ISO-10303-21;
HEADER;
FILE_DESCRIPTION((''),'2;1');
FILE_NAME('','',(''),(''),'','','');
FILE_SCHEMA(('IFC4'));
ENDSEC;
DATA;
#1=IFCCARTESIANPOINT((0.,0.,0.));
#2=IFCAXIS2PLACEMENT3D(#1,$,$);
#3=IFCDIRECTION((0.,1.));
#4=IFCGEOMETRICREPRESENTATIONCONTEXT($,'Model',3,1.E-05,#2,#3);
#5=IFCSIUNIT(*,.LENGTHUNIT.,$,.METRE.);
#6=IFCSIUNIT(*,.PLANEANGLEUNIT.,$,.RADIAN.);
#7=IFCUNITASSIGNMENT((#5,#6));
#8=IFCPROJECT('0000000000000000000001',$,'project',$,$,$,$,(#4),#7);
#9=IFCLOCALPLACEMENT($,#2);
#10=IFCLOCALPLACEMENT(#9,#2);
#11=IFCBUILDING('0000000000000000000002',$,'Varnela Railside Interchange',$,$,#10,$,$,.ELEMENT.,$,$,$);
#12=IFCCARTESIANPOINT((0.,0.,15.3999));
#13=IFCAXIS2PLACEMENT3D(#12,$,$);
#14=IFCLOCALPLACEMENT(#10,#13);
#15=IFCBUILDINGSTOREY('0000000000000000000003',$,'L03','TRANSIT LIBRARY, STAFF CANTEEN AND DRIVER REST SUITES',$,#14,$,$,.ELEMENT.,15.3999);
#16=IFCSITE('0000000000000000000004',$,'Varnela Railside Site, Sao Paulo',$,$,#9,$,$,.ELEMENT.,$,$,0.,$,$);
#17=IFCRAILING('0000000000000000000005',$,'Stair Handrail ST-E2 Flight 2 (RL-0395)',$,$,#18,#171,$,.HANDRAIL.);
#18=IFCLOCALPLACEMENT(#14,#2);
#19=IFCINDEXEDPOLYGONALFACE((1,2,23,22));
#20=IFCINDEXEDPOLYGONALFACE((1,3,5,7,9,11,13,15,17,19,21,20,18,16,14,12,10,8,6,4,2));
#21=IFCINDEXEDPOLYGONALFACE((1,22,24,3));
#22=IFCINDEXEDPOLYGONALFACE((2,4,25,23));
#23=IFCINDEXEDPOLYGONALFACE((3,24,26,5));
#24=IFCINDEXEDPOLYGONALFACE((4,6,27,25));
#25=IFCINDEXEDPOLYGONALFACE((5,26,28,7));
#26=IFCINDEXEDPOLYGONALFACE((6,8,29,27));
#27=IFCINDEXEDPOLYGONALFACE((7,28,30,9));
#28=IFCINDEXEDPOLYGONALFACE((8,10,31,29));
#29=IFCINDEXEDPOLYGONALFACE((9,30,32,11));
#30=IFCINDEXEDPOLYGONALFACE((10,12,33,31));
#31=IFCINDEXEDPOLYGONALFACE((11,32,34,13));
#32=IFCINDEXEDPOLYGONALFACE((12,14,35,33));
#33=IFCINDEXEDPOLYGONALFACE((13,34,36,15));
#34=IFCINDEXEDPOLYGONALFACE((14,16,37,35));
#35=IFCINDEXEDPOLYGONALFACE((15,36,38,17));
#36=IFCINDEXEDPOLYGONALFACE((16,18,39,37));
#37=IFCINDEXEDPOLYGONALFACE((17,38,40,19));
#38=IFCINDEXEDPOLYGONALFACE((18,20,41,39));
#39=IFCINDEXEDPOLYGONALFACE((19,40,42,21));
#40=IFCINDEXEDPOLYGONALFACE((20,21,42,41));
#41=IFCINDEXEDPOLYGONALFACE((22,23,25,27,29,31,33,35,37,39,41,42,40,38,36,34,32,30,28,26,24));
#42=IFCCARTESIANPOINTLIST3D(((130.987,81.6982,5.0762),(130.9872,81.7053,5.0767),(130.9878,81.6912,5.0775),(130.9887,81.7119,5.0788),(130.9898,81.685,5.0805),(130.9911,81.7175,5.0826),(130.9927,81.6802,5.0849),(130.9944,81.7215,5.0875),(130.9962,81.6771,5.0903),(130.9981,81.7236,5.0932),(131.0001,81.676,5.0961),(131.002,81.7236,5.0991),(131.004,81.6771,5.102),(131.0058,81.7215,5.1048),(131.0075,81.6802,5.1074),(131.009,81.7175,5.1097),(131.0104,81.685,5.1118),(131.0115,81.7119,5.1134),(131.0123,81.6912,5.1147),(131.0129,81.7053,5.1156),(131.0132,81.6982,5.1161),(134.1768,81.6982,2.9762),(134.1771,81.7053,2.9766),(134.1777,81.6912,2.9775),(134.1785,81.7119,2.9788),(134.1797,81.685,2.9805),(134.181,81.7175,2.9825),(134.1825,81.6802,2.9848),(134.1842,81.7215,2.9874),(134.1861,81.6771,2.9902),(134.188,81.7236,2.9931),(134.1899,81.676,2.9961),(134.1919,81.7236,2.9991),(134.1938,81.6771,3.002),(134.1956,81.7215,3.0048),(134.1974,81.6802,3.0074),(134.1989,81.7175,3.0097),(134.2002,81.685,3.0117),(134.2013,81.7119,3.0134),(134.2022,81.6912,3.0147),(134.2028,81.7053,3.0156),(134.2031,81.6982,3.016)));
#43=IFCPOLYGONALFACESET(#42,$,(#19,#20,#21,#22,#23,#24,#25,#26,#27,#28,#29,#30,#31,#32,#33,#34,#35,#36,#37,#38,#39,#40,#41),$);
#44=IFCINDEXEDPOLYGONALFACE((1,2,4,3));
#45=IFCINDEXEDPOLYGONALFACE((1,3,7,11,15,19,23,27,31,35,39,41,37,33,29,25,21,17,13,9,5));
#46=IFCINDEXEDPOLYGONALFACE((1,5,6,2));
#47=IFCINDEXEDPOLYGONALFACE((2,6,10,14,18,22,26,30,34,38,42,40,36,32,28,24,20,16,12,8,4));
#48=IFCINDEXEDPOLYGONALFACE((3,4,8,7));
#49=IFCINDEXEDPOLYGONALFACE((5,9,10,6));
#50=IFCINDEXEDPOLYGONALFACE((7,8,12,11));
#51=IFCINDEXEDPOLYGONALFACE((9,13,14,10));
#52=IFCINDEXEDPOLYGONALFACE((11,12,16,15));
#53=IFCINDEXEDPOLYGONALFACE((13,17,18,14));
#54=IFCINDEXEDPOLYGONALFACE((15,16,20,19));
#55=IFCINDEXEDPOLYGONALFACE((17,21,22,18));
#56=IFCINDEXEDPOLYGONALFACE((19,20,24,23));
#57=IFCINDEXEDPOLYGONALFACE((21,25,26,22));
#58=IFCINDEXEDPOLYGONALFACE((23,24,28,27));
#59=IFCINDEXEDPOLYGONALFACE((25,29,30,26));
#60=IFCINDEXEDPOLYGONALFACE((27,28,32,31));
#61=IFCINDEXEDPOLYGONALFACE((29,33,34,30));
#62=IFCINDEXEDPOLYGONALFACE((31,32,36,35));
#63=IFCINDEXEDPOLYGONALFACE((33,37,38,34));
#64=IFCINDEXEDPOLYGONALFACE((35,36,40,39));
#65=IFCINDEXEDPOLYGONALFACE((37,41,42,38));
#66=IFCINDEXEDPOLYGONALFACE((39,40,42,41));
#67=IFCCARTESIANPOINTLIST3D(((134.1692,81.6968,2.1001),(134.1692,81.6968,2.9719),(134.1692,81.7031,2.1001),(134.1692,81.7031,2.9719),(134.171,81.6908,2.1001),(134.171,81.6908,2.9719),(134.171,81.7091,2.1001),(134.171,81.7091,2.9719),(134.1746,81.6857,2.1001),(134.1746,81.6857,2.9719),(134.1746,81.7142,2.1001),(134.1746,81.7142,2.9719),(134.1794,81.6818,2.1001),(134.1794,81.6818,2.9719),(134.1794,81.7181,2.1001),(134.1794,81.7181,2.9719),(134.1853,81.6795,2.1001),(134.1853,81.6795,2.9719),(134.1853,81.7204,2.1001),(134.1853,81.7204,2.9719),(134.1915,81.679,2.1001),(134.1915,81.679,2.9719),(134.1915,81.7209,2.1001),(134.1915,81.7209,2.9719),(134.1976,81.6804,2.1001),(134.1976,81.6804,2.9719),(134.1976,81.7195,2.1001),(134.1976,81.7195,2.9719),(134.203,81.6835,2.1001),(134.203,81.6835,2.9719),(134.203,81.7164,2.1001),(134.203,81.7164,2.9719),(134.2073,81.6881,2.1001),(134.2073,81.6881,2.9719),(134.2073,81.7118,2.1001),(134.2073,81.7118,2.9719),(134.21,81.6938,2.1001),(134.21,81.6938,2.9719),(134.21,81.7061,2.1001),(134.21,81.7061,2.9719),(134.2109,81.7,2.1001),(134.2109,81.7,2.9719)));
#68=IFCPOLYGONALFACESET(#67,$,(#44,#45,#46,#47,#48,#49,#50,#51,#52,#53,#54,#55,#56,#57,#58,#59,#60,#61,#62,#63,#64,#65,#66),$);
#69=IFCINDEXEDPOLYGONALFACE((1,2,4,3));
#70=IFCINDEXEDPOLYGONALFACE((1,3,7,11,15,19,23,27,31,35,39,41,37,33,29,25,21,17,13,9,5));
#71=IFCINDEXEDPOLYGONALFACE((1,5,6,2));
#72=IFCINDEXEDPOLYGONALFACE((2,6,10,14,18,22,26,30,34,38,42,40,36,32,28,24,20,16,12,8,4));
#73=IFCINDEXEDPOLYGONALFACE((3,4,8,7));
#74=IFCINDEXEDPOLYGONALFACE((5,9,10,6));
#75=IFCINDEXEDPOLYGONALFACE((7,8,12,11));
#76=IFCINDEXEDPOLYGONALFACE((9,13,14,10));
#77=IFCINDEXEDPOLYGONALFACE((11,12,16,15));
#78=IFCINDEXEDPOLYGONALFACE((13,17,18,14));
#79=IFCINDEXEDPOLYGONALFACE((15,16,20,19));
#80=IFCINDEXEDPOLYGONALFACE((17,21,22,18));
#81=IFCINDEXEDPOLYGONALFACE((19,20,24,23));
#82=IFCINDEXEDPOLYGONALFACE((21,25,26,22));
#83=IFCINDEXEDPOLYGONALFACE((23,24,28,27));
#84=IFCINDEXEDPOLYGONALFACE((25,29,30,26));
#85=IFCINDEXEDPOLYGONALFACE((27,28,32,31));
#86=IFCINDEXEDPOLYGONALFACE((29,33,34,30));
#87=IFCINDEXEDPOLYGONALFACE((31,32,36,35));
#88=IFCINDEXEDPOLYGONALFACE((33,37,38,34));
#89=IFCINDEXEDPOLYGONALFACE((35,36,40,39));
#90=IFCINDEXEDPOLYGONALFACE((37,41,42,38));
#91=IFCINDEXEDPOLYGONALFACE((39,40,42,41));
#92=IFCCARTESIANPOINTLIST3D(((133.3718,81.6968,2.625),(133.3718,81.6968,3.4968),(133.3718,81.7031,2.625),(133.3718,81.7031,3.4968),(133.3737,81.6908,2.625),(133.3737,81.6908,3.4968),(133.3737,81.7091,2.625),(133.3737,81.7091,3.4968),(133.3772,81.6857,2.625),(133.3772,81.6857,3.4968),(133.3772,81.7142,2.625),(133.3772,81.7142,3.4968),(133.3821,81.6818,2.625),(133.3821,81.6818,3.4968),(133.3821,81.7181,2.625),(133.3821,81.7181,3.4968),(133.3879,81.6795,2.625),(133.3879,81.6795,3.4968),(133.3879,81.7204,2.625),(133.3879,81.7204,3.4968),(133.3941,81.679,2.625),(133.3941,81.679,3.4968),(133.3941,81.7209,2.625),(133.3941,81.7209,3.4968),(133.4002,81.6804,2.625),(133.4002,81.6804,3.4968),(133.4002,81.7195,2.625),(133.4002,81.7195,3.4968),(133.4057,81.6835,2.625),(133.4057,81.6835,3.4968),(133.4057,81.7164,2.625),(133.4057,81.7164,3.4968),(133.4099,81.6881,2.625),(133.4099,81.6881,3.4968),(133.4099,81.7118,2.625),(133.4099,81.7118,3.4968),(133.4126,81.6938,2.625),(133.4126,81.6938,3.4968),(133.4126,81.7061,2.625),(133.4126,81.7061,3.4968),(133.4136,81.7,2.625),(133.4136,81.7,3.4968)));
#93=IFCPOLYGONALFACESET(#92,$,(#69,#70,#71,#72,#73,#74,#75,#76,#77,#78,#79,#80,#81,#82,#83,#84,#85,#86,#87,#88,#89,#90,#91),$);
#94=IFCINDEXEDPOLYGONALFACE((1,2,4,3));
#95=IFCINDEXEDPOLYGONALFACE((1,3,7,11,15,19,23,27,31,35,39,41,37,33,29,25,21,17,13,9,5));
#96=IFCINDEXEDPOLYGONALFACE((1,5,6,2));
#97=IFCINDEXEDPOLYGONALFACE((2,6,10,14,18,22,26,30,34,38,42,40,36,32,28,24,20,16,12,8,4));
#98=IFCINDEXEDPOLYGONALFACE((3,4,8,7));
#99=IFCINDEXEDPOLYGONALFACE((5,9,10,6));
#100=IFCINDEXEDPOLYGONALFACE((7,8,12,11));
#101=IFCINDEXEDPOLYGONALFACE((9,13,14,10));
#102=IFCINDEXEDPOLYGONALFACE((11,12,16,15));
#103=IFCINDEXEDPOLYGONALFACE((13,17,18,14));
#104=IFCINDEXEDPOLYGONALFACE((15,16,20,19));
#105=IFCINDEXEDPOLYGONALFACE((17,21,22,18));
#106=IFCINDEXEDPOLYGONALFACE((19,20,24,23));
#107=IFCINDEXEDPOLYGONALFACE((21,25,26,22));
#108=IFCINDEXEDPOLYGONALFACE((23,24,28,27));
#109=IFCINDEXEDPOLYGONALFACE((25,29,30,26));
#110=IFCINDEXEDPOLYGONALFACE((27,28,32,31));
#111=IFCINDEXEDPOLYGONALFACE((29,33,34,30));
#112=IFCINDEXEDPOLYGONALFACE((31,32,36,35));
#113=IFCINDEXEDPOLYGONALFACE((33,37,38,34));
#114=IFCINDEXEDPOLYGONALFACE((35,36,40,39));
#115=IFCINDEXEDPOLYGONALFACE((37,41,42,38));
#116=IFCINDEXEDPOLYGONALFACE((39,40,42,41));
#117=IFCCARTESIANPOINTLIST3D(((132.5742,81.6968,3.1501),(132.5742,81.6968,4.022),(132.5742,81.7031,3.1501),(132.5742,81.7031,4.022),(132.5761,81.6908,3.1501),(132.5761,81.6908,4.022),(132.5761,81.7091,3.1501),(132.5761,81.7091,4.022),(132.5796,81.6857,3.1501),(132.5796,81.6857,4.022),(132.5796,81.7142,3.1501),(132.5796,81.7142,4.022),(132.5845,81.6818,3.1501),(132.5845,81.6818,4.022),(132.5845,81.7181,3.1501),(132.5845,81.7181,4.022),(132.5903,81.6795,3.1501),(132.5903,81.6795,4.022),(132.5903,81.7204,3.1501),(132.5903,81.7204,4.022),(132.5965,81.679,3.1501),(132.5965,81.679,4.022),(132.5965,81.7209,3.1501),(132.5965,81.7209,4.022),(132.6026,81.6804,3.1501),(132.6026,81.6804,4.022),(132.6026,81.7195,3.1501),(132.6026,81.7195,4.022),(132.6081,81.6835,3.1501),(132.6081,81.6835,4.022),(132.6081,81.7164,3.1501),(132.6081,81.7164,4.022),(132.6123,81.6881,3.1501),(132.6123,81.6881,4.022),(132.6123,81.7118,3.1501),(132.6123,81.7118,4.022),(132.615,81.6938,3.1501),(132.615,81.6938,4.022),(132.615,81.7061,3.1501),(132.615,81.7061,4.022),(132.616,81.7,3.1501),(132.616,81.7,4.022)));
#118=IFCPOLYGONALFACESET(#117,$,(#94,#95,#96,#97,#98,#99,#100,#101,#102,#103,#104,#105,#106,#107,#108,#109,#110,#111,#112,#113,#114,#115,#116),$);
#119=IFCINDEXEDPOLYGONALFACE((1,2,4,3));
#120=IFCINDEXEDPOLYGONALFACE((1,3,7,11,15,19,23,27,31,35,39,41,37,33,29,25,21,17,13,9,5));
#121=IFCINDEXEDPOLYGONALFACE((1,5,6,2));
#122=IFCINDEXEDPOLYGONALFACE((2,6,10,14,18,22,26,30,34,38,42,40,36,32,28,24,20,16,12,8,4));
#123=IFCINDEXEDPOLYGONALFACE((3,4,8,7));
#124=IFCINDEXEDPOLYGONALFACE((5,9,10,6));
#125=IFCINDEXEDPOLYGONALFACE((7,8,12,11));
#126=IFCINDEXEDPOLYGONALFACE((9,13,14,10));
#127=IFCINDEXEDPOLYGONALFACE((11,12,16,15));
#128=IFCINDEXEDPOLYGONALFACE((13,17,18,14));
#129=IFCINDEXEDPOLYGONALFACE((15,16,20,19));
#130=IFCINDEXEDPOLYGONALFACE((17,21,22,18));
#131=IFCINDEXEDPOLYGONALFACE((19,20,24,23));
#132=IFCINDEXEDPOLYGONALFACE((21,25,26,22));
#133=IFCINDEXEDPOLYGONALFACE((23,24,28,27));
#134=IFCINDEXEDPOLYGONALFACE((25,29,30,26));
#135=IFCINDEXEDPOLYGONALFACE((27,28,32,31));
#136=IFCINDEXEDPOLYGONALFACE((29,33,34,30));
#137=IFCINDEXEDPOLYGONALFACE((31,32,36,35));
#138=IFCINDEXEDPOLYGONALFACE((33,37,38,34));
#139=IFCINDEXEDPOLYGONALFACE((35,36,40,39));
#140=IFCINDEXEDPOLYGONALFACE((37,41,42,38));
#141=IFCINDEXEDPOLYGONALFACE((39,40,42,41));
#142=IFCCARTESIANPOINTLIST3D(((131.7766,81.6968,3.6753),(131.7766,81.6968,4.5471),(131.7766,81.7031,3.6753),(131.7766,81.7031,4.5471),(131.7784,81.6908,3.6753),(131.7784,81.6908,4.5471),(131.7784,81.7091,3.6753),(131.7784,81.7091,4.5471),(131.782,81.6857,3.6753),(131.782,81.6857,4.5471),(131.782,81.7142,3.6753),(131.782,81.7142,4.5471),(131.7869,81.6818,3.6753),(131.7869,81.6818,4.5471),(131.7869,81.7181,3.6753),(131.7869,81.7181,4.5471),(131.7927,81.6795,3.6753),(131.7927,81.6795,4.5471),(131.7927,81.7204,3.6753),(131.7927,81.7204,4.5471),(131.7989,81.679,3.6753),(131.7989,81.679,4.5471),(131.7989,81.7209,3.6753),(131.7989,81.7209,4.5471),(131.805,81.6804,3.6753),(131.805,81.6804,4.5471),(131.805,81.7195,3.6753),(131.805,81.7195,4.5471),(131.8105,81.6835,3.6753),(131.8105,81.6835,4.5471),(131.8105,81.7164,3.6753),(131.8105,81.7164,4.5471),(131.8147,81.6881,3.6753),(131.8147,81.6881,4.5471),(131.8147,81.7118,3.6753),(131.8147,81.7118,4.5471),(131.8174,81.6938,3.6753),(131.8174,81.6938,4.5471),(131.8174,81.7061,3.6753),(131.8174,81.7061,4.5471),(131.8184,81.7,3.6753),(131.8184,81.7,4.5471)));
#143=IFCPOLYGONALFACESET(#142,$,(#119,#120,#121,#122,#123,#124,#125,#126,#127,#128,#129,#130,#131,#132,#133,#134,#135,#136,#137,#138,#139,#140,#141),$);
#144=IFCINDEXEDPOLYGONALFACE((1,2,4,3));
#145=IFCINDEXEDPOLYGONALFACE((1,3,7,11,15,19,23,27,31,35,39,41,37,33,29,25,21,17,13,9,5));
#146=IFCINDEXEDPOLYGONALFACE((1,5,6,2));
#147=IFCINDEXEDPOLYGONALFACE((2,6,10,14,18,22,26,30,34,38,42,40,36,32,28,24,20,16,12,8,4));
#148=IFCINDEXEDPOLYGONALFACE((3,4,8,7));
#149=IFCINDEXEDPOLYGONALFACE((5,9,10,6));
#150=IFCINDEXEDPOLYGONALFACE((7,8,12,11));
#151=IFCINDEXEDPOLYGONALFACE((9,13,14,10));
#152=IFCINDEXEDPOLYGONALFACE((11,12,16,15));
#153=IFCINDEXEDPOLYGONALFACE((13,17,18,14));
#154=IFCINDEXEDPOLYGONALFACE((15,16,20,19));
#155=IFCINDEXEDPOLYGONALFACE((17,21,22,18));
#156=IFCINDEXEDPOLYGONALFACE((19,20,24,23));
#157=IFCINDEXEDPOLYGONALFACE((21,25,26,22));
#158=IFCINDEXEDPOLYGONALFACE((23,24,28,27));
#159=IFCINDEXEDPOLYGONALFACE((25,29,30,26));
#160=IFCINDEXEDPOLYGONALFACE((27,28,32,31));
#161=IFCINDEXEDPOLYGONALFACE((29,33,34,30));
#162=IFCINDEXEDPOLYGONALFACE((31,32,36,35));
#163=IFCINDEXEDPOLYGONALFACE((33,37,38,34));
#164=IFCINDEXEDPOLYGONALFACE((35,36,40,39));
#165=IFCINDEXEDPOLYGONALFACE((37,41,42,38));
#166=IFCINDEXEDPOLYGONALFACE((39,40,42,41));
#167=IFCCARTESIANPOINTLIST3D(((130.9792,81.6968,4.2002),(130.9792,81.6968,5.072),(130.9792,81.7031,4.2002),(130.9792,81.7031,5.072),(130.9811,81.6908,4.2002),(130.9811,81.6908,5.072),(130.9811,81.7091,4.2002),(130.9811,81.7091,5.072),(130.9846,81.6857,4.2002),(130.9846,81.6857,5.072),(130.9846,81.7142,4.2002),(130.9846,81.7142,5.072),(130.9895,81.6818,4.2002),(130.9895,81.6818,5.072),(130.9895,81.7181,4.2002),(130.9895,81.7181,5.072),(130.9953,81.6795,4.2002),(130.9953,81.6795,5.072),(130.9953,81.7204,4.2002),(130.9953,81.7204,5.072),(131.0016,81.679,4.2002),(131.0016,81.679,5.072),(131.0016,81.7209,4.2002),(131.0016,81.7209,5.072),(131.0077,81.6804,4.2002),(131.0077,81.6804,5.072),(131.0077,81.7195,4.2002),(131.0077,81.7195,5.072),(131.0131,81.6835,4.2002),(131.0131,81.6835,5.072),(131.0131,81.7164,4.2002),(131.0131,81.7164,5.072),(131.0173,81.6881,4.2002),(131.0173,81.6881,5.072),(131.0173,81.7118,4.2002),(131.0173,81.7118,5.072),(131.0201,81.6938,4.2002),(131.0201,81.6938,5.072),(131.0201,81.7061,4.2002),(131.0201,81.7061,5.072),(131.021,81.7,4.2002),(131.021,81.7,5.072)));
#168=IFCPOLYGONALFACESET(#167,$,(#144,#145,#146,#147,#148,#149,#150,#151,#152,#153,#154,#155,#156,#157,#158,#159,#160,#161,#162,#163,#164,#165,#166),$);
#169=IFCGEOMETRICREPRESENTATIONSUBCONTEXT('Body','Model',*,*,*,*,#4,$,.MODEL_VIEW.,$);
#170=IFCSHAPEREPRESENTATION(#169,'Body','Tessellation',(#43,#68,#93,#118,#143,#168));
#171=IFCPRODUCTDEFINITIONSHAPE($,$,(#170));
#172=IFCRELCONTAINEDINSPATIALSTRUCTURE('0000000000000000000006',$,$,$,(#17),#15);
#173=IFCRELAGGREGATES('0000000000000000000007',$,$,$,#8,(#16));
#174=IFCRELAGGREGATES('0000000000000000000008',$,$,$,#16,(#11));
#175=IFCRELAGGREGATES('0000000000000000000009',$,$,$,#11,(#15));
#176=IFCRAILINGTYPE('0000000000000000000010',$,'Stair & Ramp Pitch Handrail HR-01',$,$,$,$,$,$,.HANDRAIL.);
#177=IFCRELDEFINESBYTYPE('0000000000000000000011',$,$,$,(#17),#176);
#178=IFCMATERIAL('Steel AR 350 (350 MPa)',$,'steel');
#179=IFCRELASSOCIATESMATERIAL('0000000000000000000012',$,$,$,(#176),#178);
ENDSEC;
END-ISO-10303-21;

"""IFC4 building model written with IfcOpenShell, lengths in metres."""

from ifc_helpers import new_model, si_unit, direction, frame, origin, origin_2d, place, context, subcontext, project, spatial, circle, extrude, material, type_object, element, save


model = new_model("IFC4")

# Units and contexts
model_context = context("Model", 3, precision=1e-05, world=origin(), true_north=direction((0.0, 1.0)))
body_context = subcontext(model_context, "Body", "Model", "MODEL_VIEW")
ifc_project = project(units=[si_unit("LENGTHUNIT", "METRE"), si_unit("PLANEANGLEUNIT", "RADIAN")], contexts=[model_context])

# Site, building, storey
site_placement = place(None, origin())
site = spatial("IfcSite", under=ifc_project, at=site_placement, Name="Varnela Railside Site, Sao Paulo", CompositionType="ELEMENT", RefElevation=0.0)
building_placement = place(site_placement, origin())
building = spatial("IfcBuilding", under=site, at=building_placement, Name="Varnela Railside Interchange", CompositionType="ELEMENT")
storey_placement = place(building_placement, frame((0.0, 0.0, 15.3999)))
storey = spatial("IfcBuildingStorey", under=building, at=storey_placement, Name="L03", Description="TRANSIT LIBRARY, STAFF CANTEEN AND DRIVER REST SUITES", CompositionType="ELEMENT", Elevation=15.3999)

# Shared definitions
ifc_material_1 = material(Name="Steel AR 350 (350 MPa)", Category="steel")

# Railing
railing_type_1 = type_object("IfcRailingType", Name="Stair & Ramp Pitch Handrail HR-01", PredefinedType="HANDRAIL", material=ifc_material_1)
railing_1_placement = place(storey_placement, frame((134.1899, 81.7, 2.1001)))
element("IfcRailing", 1, at=railing_1_placement, inside=storey, type_object=railing_type_1, Name="Stair Handrail ST-E2 Flight 2 (RL-0395)", PredefinedType="HANDRAIL", context=body_context, shape_type="SweptSolid", body=[
    extrude(circle(Radius=0.0239, at=origin_2d()), frame((0.0, 0.0, 0.896), z_axis=(-0.835242, 0.0, 0.549882), x_axis=(0.0, -1.0, 0.0)), (0.0, 0.0, 1.0), 3.8191),
    extrude(circle(Radius=0.021, at=origin_2d()), origin(), (0.0, 0.0, 1.0), 0.8718),
    extrude(circle(Radius=0.021, at=origin_2d()), frame((-0.7974, 0.0, 0.5249)), (0.0, 0.0, 1.0), 0.8718),
    extrude(circle(Radius=0.021, at=origin_2d()), frame((-1.595, 0.0, 1.05)), (0.0, 0.0, 1.0), 0.8718),
    extrude(circle(Radius=0.021, at=origin_2d()), frame((-2.3926, 0.0, 1.5752)), (0.0, 0.0, 1.0), 0.8718),
    extrude(circle(Radius=0.021, at=origin_2d()), frame((-3.1899, 0.0, 2.1001)), (0.0, 0.0, 1.0), 0.8718),
])

save(model, "model.ifc")
